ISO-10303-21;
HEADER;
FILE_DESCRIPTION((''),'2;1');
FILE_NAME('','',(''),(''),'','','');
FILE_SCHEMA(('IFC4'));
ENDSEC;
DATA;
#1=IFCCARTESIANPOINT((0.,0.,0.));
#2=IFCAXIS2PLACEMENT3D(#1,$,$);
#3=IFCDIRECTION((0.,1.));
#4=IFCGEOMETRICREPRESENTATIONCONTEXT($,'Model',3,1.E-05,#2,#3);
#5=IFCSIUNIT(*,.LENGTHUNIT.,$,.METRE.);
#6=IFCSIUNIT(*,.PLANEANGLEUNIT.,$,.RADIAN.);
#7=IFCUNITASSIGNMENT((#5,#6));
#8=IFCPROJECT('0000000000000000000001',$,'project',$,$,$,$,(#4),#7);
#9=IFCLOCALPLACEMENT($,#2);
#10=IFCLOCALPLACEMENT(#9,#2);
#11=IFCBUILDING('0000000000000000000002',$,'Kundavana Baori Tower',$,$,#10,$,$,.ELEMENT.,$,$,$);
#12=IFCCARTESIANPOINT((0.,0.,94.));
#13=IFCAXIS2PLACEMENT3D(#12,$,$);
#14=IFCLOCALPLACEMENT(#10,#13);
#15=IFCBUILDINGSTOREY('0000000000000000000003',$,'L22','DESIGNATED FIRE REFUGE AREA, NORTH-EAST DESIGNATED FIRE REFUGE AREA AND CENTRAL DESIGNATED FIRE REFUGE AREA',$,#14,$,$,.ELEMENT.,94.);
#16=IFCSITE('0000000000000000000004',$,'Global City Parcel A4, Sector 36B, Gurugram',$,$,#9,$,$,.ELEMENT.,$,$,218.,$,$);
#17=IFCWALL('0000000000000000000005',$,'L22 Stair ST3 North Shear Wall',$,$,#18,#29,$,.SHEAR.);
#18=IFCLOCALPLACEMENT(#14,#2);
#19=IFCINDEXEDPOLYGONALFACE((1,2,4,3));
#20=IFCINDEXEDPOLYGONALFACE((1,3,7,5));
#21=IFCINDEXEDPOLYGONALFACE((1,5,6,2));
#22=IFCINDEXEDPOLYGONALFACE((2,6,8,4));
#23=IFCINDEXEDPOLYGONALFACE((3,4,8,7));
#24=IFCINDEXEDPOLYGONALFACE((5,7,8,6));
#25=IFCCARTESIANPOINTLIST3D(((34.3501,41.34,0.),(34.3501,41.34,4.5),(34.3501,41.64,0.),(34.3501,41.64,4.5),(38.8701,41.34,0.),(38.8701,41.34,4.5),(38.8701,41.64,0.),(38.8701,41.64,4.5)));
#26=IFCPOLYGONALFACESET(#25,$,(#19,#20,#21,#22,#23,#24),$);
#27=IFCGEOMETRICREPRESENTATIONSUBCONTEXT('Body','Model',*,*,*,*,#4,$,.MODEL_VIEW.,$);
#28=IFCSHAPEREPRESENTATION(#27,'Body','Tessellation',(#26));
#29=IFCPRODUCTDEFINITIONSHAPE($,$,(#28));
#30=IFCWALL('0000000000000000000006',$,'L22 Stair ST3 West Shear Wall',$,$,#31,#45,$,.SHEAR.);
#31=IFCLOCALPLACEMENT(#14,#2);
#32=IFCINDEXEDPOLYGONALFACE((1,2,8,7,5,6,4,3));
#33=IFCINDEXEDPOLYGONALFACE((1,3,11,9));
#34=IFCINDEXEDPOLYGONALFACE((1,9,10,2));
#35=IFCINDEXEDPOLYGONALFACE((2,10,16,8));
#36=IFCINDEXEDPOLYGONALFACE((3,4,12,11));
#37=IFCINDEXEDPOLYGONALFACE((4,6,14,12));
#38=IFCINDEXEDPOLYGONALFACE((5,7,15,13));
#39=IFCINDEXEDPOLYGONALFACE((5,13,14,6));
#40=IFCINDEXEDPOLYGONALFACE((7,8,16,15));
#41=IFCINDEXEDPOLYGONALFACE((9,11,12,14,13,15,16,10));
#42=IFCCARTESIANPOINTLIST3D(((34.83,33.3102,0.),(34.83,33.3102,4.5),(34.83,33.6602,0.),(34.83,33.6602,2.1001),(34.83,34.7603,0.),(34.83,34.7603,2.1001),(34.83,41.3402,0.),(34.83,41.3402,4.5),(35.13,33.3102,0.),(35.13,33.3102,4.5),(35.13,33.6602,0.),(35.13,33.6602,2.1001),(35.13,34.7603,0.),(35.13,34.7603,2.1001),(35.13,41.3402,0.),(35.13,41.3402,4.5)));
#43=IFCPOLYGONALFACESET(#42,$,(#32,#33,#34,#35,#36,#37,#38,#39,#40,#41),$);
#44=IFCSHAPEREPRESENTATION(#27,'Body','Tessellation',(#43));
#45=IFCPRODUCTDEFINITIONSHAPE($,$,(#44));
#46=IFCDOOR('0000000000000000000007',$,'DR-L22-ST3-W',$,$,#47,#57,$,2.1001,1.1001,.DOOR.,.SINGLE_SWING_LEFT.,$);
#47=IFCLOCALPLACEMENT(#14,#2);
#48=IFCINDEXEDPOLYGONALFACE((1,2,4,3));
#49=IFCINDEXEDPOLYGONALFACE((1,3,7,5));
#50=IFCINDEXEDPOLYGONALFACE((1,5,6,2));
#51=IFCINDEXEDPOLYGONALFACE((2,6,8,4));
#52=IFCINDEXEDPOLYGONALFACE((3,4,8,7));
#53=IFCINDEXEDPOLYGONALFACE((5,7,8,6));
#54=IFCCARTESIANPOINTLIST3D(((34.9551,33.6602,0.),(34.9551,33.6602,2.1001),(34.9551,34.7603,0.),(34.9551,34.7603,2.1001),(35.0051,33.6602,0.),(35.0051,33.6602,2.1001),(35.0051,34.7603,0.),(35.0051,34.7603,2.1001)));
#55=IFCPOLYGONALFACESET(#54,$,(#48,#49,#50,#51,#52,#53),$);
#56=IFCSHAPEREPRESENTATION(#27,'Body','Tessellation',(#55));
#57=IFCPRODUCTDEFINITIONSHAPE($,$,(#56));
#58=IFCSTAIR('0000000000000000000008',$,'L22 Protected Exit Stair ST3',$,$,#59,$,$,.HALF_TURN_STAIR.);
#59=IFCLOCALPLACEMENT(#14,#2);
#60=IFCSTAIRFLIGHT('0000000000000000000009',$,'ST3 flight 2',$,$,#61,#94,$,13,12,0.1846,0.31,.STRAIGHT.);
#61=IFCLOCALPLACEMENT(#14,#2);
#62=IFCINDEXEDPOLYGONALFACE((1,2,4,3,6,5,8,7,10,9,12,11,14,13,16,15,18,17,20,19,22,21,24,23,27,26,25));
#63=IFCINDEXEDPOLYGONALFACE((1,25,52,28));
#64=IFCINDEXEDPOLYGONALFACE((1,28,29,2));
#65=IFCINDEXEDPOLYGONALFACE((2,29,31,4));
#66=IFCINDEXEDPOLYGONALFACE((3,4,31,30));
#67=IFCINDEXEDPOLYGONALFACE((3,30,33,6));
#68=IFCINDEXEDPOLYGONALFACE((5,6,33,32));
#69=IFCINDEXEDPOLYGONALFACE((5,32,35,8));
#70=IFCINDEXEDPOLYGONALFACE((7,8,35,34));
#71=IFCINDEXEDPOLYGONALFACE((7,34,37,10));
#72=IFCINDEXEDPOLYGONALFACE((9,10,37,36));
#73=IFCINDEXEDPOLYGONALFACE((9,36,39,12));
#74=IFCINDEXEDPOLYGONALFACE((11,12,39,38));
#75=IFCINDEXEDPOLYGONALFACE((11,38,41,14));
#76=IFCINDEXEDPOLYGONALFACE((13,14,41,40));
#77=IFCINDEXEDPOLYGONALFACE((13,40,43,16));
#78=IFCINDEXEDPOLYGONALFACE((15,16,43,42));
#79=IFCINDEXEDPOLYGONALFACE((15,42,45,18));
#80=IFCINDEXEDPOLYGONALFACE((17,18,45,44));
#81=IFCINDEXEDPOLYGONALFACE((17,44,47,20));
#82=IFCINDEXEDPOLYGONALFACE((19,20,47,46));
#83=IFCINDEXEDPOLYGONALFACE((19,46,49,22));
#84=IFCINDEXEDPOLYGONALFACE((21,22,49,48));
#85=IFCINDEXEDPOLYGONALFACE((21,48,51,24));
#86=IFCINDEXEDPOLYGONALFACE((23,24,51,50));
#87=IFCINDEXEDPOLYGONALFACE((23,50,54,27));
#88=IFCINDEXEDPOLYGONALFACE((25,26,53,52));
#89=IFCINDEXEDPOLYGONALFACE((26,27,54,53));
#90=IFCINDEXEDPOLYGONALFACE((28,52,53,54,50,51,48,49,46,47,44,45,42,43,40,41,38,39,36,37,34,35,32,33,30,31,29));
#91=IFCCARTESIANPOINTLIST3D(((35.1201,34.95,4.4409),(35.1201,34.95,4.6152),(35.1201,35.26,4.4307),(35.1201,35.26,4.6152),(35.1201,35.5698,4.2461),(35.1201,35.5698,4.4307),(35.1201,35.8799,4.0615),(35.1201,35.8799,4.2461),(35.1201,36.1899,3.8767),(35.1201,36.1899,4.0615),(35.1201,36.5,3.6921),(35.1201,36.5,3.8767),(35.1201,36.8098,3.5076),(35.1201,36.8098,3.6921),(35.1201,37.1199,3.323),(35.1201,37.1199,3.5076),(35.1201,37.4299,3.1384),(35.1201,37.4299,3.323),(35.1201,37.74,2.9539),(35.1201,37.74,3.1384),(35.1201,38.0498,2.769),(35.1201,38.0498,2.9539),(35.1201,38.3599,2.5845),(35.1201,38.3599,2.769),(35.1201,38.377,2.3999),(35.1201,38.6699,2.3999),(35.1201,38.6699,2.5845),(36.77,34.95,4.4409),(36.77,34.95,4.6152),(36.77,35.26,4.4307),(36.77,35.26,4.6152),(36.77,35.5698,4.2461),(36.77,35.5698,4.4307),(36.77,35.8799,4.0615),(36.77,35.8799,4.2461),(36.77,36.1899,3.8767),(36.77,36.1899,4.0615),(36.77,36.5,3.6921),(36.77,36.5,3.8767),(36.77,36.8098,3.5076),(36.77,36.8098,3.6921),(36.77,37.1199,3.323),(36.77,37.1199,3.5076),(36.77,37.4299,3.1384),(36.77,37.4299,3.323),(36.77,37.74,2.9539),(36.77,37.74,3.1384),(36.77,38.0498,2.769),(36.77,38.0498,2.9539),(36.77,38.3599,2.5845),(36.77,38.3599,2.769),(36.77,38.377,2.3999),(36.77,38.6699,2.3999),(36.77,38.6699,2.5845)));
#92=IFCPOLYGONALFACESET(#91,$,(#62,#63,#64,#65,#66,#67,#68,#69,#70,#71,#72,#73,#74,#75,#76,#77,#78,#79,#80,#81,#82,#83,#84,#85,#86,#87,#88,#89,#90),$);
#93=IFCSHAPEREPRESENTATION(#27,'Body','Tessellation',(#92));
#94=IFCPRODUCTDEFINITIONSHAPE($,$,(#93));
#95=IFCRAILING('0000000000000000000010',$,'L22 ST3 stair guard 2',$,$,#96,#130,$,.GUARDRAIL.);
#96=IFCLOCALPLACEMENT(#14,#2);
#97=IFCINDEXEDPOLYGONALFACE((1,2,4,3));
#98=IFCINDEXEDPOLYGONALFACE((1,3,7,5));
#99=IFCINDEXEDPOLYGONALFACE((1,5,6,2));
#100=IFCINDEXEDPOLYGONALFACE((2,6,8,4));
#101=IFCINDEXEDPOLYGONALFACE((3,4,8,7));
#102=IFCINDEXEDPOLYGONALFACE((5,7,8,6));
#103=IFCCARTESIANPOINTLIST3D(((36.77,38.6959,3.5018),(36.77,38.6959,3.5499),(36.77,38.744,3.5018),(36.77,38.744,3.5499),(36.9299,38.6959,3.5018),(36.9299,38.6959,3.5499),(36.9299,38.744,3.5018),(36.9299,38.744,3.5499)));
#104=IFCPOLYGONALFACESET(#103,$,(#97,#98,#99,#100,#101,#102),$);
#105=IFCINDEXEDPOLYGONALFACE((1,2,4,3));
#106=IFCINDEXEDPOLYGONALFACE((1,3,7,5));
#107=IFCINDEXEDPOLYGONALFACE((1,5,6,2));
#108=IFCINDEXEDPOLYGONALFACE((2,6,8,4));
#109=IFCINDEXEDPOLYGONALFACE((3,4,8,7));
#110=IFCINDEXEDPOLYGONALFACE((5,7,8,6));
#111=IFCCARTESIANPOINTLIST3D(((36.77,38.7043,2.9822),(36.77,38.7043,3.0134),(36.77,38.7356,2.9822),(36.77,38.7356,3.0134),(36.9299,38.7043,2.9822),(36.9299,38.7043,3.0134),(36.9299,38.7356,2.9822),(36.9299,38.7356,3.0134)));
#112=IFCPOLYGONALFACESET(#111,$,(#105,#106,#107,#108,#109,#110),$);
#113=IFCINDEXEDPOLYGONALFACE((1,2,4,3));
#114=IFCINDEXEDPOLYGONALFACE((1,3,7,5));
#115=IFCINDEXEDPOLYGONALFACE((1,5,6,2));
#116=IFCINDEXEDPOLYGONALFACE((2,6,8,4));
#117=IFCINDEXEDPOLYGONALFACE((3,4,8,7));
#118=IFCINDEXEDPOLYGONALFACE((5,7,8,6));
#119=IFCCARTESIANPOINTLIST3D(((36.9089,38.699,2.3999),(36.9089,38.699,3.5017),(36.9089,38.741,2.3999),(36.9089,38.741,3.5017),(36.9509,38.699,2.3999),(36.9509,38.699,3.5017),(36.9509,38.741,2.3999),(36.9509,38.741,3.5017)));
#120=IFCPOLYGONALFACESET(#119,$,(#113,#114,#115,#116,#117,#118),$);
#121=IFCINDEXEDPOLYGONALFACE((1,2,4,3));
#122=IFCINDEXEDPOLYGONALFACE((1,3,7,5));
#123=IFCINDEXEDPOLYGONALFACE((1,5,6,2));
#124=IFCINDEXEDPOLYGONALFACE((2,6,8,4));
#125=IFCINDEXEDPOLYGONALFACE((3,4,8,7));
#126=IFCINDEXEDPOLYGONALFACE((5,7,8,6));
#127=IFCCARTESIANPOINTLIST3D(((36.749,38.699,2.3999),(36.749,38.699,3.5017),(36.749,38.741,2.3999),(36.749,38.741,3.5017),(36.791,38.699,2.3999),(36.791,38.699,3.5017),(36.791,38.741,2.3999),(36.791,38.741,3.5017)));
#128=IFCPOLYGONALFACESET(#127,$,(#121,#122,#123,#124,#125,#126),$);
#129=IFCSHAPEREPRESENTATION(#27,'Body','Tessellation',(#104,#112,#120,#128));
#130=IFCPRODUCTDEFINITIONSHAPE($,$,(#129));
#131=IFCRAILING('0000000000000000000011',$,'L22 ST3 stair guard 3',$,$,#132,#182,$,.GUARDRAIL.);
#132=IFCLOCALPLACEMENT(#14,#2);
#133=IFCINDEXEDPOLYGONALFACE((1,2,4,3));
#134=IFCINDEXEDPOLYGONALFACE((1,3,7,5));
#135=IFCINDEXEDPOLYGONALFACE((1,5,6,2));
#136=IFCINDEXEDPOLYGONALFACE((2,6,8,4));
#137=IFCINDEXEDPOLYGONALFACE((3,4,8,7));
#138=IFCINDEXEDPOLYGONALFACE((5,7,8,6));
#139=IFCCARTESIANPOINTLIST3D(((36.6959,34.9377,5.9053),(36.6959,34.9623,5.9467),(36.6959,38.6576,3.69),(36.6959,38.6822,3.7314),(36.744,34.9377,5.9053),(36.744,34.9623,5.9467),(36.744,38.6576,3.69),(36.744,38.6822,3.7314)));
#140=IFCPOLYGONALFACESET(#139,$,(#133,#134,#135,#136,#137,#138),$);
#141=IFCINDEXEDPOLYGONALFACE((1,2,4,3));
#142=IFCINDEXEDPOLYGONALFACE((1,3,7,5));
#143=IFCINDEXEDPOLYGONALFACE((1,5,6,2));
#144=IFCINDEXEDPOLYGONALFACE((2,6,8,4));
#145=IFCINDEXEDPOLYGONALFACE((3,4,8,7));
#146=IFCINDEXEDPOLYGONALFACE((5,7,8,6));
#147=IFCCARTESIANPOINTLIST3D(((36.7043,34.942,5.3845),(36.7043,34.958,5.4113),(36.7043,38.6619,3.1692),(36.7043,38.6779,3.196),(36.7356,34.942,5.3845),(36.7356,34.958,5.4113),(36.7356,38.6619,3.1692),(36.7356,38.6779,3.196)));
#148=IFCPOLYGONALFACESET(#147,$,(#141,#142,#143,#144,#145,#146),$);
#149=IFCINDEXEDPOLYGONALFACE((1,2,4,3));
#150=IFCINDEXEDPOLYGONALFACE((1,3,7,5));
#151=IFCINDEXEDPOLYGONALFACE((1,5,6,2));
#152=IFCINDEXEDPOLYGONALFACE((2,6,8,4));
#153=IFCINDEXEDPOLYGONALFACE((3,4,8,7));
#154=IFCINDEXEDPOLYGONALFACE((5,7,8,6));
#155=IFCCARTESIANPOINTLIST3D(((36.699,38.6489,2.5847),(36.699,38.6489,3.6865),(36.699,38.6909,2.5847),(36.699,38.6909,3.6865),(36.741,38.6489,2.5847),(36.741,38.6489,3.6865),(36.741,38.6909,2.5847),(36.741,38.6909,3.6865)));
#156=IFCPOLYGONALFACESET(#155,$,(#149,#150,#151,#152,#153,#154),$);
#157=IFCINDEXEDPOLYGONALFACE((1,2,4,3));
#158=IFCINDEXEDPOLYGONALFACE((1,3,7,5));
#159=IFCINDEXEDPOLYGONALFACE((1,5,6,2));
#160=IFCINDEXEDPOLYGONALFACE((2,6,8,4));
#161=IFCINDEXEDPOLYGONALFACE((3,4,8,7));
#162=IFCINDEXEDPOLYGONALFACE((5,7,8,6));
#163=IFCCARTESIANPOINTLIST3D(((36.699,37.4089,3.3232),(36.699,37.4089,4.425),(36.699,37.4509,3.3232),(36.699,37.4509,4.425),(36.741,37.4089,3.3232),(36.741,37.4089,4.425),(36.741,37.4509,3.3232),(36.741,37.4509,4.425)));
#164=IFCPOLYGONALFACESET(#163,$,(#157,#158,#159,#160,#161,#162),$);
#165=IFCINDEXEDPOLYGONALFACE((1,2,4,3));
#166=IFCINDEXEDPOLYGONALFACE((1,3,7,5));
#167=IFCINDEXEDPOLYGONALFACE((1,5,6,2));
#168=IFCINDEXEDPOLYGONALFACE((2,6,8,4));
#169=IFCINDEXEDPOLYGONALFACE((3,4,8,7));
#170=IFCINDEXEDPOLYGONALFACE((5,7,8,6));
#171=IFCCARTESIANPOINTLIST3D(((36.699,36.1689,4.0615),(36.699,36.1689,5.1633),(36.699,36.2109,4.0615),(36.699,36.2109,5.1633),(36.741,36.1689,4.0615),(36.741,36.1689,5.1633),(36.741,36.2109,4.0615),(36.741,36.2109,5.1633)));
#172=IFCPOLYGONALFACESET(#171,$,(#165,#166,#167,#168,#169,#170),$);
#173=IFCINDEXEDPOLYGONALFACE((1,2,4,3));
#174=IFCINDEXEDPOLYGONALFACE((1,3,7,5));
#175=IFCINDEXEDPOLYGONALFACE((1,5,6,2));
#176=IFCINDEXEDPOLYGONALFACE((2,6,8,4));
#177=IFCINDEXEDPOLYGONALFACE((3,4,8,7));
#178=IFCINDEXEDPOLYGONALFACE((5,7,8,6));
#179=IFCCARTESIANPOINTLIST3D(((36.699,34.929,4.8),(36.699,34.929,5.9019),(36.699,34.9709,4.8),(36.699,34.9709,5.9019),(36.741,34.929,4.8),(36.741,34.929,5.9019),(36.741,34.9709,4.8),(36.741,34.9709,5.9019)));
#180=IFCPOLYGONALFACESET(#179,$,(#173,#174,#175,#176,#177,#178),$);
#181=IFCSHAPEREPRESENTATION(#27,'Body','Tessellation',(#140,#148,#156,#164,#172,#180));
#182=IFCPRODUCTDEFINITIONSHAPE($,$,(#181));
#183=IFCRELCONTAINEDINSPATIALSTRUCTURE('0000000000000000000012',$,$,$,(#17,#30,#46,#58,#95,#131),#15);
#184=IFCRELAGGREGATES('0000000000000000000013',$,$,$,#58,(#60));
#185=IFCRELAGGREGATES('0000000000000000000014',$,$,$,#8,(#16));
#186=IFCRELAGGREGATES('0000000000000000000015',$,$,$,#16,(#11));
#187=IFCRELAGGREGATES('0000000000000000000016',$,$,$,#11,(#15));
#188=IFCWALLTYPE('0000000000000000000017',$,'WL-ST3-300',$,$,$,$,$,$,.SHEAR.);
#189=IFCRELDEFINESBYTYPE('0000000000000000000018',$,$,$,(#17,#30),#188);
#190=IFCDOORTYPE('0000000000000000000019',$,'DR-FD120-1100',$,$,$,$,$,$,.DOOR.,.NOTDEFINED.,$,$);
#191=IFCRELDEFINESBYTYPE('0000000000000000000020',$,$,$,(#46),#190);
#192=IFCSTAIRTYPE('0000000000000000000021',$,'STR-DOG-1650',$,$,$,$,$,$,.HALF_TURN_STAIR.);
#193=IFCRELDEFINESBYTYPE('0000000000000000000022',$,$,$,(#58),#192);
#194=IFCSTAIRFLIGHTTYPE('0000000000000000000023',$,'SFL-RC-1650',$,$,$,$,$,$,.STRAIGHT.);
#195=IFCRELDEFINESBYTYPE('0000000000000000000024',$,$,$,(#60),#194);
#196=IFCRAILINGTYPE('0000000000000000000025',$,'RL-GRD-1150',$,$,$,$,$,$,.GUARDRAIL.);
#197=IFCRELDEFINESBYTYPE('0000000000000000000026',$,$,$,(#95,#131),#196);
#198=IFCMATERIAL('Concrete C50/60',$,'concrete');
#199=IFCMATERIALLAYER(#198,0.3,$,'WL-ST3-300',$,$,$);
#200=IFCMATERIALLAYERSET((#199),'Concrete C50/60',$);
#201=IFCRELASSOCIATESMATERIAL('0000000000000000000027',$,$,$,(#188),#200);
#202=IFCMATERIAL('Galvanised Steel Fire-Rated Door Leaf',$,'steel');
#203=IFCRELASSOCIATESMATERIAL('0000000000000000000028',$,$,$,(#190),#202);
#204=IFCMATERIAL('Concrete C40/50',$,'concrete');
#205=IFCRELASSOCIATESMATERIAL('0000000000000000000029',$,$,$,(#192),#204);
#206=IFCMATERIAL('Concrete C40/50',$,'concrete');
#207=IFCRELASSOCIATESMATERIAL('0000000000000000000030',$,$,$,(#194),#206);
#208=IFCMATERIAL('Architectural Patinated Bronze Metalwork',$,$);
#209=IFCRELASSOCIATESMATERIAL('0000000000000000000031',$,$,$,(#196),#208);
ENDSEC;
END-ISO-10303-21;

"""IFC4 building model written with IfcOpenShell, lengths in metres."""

from ifc_helpers import new_model, si_unit, direction, frame, frame_2d, origin, origin_2d, place, context, subcontext, project, spatial, polyline, rectangle, outline, extrude, material, layer, layer_set, type_object, element, fill, aggregate, save


model = new_model("IFC4")

# Units and contexts
model_context = context("Model", 3, precision=1e-05, world=origin(), true_north=direction((0.0, 1.0)))
body_context = subcontext(model_context, "Body", "Model", "MODEL_VIEW")
ifc_project = project(units=[si_unit("LENGTHUNIT", "METRE"), si_unit("PLANEANGLEUNIT", "RADIAN")], contexts=[model_context])

# Site, building, storey
site_placement = place(None, origin())
site = spatial("IfcSite", under=ifc_project, at=site_placement, Name="Global City Parcel A4, Sector 36B, Gurugram", CompositionType="ELEMENT", RefElevation=218.0)
building_placement = place(site_placement, origin())
building = spatial("IfcBuilding", under=site, at=building_placement, Name="Kundavana Baori Tower", CompositionType="ELEMENT")
storey_placement = place(building_placement, frame((0.0, 0.0, 94.0)))
storey = spatial("IfcBuildingStorey", under=building, at=storey_placement, Name="L22", Description="DESIGNATED FIRE REFUGE AREA, NORTH-EAST DESIGNATED FIRE REFUGE AREA AND CENTRAL DESIGNATED FIRE REFUGE AREA", CompositionType="ELEMENT", Elevation=94.0)

# Wall
ifc_material_1 = material(Name="Concrete C50/60", Category="concrete")
ifc_layer_1 = layer(ifc_material_1, 0.3, Name="WL-ST3-300")
ifc_layer_set_1 = layer_set([ifc_layer_1], Name="Concrete C50/60")
wall_type_1 = type_object("IfcWallType", Name="WL-ST3-300", PredefinedType="SHEAR", material=ifc_layer_set_1)
for number, where, z_axis, x_axis, name in (
    (1, (34.3501, 41.49, 0.0), (0.0, 0.0, 1.0), (1.0, 0.0, 0.0), "L22 Stair ST3 North Shear Wall"),
):
    element("IfcWall", number, at=place(storey_placement, frame(where, z_axis=z_axis, x_axis=x_axis)), inside=storey, type_object=wall_type_1, Name=name, PredefinedType="SHEAR", context=body_context, shape_type="SweptSolid", body=[
        extrude(rectangle(XDim=4.52, YDim=0.3, at=frame_2d((2.26, 0.0))), origin(), (0.0, 0.0, 1.0), 4.5),
    ])

# Wall, opening, door
wall_1_placement = place(storey_placement, frame((34.98, 33.3101, 0.0), z_axis=(0.0, 0.0, 1.0), x_axis=(0.0, 1.0, 0.0)))
wall_1 = element("IfcWall", 2, at=wall_1_placement, inside=storey, type_object=wall_type_1, Name="L22 Stair ST3 West Shear Wall", PredefinedType="SHEAR", context=body_context, shape_type="SweptSolid", body=[
    extrude(rectangle(XDim=8.03, YDim=0.3, at=frame_2d((4.0151, 0.0))), origin(), (0.0, 0.0, 1.0), 4.5),
])
opening_placement = place(wall_1_placement, frame((0.3501, 0.0, 0.0)))
opening = element("IfcOpeningElement", 3, at=opening_placement, cuts=wall_1, PredefinedType="OPENING", context=body_context, shape_type="SweptSolid", body=[
    extrude(rectangle(XDim=1.1001, YDim=2.1001, at=frame_2d((0.55, 1.05))), frame((0.0, 0.1602, 0.0), z_axis=(0.0, -1.0, 0.0), x_axis=(1.0, 0.0, 0.0)), (0.0, 0.0, 1.0), 0.3201),
])
ifc_material_2 = material(Name="Galvanised Steel Fire-Rated Door Leaf", Category="steel")
door_type = type_object("IfcDoorType", Name="DR-FD120-1100", OperationType="NOTDEFINED", PredefinedType="DOOR", material=ifc_material_2)
door_placement = place(opening_placement, origin())
door = element("IfcDoor", 4, at=door_placement, inside=storey, type_object=door_type, Name="DR-L22-ST3-W", OperationType="SINGLE_SWING_LEFT", OverallHeight=2.1001, OverallWidth=1.1001, PredefinedType="DOOR", context=body_context, shape_type="SweptSolid", body=[
    extrude(rectangle(XDim=1.1001, YDim=2.1001, at=frame_2d((0.55, 1.05))), frame((0.0, 0.0249, 0.0), z_axis=(0.0, -1.0, 0.0), x_axis=(1.0, 0.0, 0.0)), (0.0, 0.0, 1.0), 0.05),
])
fill(opening, door)

# Stair, stair flight
ifc_material_3 = material(Name="Concrete C40/50", Category="concrete")
stair_type = type_object("IfcStairType", Name="STR-DOG-1650", PredefinedType="HALF_TURN_STAIR", material=ifc_material_3)
stair_placement = place(storey_placement, origin())
stair = element("IfcStair", 5, at=stair_placement, inside=storey, type_object=stair_type, Name="L22 Protected Exit Stair ST3", PredefinedType="HALF_TURN_STAIR")
ifc_material_4 = material(Name="Concrete C40/50", Category="concrete")
stair_flight_type = type_object("IfcStairFlightType", Name="SFL-RC-1650", PredefinedType="STRAIGHT", material=ifc_material_4)
stair_flight_placement = place(storey_placement, frame((35.9451, 38.6699, 2.3999), z_axis=(0.0, 0.0, 1.0), x_axis=(0.0, -1.0, 0.0)))
stair_flight = element("IfcStairFlight", 6, at=stair_flight_placement, type_object=stair_flight_type, Name="ST3 flight 2", NumberOfRisers=13, NumberOfTreads=12, PredefinedType="STRAIGHT", RiserHeight=0.1846, TreadLength=0.31, context=body_context, shape_type="SweptSolid", body=[
    extrude(outline(polyline([(0.0, 0.0), (0.0, 0.1846), (0.3101, 0.1846), (0.3101, 0.3691), (0.6201, 0.3691), (0.6201, 0.554), (0.9299, 0.554), (0.9299, 0.7385), (1.24, 0.7385), (1.24, 0.9231), (1.55, 0.9231), (1.55, 1.1077), (1.8601, 1.1077), (1.8601, 1.2922), (2.1699, 1.2922), (2.1699, 1.4768), (2.48, 1.4768), (2.48, 1.6616), (2.79, 1.6616), (2.79, 1.8462), (3.1001, 1.8462), (3.1001, 2.0308), (3.4099, 2.0308), (3.4099, 2.2153), (3.72, 2.2153), (3.72, 2.3999), (3.72, 2.041), (0.293, 0.0), (0.0, 0.0)])), frame((0.0, 0.825, 0.0), z_axis=(0.0, -1.0, 0.0), x_axis=(1.0, 0.0, 0.0)), (0.0, 0.0, 1.0), 1.6499),
])
aggregate(stair, [stair_flight])

# Railings
ifc_material_5 = material(Name="Architectural Patinated Bronze Metalwork")
railing_type_1 = type_object("IfcRailingType", Name="RL-GRD-1150", PredefinedType="GUARDRAIL", material=ifc_material_5)
railing_1_placement = place(storey_placement, frame((36.9299, 38.72, 2.3999)))
element("IfcRailing", 7, at=railing_1_placement, inside=storey, type_object=railing_type_1, Name="L22 ST3 stair guard 2", PredefinedType="GUARDRAIL", context=body_context, shape_type="SweptSolid", body=[
    extrude(rectangle(XDim=0.0481, YDim=0.0481, at=origin_2d()), frame((0.0, 0.0, 1.126), z_axis=(-1.0, 0.0, 0.0), x_axis=(0.0, -1.0, 0.0)), (0.0, 0.0, 1.0), 0.1599),
    extrude(rectangle(XDim=0.0312, YDim=0.0312, at=origin_2d()), frame((0.0, 0.0, 0.5979), z_axis=(-1.0, 0.0, 0.0), x_axis=(0.0, -1.0, 0.0)), (0.0, 0.0, 1.0), 0.1599),
    extrude(rectangle(XDim=0.042, YDim=0.042, at=origin_2d()), origin(), (0.0, 0.0, 1.0), 1.1018),
    extrude(rectangle(XDim=0.042, YDim=0.042, at=origin_2d()), frame((-0.1599, 0.0, 0.0)), (0.0, 0.0, 1.0), 1.1018),
])
railing_2_placement = place(storey_placement, frame((36.72, 38.6699, 2.5847)))
element("IfcRailing", 8, at=railing_2_placement, inside=storey, type_object=railing_type_1, Name="L22 ST3 stair guard 3", PredefinedType="GUARDRAIL", context=body_context, shape_type="SweptSolid", body=[
    extrude(rectangle(XDim=0.0481, YDim=0.0481, at=origin_2d()), frame((0.0, 0.0, 1.126), z_axis=(0.0, -0.859185, 0.511665), x_axis=(1.0, 0.0, 0.0)), (0.0, 0.0, 1.0), 4.3296),
    extrude(rectangle(XDim=0.0312, YDim=0.0312, at=origin_2d()), frame((0.0, 0.0, 0.5979), z_axis=(0.0, -0.859185, 0.511665), x_axis=(1.0, 0.0, 0.0)), (0.0, 0.0, 1.0), 4.3296),
    extrude(rectangle(XDim=0.042, YDim=0.042, at=origin_2d()), origin(), (0.0, 0.0, 1.0), 1.1018),
    extrude(rectangle(XDim=0.042, YDim=0.042, at=origin_2d()), frame((0.0, -1.24, 0.7385)), (0.0, 0.0, 1.0), 1.1018),
    extrude(rectangle(XDim=0.042, YDim=0.042, at=origin_2d()), frame((0.0, -2.48, 1.4768)), (0.0, 0.0, 1.0), 1.1018),
    extrude(rectangle(XDim=0.042, YDim=0.042, at=origin_2d()), frame((0.0, -3.72, 2.2153)), (0.0, 0.0, 1.0), 1.1018),
])

save(model, "model.ifc")
